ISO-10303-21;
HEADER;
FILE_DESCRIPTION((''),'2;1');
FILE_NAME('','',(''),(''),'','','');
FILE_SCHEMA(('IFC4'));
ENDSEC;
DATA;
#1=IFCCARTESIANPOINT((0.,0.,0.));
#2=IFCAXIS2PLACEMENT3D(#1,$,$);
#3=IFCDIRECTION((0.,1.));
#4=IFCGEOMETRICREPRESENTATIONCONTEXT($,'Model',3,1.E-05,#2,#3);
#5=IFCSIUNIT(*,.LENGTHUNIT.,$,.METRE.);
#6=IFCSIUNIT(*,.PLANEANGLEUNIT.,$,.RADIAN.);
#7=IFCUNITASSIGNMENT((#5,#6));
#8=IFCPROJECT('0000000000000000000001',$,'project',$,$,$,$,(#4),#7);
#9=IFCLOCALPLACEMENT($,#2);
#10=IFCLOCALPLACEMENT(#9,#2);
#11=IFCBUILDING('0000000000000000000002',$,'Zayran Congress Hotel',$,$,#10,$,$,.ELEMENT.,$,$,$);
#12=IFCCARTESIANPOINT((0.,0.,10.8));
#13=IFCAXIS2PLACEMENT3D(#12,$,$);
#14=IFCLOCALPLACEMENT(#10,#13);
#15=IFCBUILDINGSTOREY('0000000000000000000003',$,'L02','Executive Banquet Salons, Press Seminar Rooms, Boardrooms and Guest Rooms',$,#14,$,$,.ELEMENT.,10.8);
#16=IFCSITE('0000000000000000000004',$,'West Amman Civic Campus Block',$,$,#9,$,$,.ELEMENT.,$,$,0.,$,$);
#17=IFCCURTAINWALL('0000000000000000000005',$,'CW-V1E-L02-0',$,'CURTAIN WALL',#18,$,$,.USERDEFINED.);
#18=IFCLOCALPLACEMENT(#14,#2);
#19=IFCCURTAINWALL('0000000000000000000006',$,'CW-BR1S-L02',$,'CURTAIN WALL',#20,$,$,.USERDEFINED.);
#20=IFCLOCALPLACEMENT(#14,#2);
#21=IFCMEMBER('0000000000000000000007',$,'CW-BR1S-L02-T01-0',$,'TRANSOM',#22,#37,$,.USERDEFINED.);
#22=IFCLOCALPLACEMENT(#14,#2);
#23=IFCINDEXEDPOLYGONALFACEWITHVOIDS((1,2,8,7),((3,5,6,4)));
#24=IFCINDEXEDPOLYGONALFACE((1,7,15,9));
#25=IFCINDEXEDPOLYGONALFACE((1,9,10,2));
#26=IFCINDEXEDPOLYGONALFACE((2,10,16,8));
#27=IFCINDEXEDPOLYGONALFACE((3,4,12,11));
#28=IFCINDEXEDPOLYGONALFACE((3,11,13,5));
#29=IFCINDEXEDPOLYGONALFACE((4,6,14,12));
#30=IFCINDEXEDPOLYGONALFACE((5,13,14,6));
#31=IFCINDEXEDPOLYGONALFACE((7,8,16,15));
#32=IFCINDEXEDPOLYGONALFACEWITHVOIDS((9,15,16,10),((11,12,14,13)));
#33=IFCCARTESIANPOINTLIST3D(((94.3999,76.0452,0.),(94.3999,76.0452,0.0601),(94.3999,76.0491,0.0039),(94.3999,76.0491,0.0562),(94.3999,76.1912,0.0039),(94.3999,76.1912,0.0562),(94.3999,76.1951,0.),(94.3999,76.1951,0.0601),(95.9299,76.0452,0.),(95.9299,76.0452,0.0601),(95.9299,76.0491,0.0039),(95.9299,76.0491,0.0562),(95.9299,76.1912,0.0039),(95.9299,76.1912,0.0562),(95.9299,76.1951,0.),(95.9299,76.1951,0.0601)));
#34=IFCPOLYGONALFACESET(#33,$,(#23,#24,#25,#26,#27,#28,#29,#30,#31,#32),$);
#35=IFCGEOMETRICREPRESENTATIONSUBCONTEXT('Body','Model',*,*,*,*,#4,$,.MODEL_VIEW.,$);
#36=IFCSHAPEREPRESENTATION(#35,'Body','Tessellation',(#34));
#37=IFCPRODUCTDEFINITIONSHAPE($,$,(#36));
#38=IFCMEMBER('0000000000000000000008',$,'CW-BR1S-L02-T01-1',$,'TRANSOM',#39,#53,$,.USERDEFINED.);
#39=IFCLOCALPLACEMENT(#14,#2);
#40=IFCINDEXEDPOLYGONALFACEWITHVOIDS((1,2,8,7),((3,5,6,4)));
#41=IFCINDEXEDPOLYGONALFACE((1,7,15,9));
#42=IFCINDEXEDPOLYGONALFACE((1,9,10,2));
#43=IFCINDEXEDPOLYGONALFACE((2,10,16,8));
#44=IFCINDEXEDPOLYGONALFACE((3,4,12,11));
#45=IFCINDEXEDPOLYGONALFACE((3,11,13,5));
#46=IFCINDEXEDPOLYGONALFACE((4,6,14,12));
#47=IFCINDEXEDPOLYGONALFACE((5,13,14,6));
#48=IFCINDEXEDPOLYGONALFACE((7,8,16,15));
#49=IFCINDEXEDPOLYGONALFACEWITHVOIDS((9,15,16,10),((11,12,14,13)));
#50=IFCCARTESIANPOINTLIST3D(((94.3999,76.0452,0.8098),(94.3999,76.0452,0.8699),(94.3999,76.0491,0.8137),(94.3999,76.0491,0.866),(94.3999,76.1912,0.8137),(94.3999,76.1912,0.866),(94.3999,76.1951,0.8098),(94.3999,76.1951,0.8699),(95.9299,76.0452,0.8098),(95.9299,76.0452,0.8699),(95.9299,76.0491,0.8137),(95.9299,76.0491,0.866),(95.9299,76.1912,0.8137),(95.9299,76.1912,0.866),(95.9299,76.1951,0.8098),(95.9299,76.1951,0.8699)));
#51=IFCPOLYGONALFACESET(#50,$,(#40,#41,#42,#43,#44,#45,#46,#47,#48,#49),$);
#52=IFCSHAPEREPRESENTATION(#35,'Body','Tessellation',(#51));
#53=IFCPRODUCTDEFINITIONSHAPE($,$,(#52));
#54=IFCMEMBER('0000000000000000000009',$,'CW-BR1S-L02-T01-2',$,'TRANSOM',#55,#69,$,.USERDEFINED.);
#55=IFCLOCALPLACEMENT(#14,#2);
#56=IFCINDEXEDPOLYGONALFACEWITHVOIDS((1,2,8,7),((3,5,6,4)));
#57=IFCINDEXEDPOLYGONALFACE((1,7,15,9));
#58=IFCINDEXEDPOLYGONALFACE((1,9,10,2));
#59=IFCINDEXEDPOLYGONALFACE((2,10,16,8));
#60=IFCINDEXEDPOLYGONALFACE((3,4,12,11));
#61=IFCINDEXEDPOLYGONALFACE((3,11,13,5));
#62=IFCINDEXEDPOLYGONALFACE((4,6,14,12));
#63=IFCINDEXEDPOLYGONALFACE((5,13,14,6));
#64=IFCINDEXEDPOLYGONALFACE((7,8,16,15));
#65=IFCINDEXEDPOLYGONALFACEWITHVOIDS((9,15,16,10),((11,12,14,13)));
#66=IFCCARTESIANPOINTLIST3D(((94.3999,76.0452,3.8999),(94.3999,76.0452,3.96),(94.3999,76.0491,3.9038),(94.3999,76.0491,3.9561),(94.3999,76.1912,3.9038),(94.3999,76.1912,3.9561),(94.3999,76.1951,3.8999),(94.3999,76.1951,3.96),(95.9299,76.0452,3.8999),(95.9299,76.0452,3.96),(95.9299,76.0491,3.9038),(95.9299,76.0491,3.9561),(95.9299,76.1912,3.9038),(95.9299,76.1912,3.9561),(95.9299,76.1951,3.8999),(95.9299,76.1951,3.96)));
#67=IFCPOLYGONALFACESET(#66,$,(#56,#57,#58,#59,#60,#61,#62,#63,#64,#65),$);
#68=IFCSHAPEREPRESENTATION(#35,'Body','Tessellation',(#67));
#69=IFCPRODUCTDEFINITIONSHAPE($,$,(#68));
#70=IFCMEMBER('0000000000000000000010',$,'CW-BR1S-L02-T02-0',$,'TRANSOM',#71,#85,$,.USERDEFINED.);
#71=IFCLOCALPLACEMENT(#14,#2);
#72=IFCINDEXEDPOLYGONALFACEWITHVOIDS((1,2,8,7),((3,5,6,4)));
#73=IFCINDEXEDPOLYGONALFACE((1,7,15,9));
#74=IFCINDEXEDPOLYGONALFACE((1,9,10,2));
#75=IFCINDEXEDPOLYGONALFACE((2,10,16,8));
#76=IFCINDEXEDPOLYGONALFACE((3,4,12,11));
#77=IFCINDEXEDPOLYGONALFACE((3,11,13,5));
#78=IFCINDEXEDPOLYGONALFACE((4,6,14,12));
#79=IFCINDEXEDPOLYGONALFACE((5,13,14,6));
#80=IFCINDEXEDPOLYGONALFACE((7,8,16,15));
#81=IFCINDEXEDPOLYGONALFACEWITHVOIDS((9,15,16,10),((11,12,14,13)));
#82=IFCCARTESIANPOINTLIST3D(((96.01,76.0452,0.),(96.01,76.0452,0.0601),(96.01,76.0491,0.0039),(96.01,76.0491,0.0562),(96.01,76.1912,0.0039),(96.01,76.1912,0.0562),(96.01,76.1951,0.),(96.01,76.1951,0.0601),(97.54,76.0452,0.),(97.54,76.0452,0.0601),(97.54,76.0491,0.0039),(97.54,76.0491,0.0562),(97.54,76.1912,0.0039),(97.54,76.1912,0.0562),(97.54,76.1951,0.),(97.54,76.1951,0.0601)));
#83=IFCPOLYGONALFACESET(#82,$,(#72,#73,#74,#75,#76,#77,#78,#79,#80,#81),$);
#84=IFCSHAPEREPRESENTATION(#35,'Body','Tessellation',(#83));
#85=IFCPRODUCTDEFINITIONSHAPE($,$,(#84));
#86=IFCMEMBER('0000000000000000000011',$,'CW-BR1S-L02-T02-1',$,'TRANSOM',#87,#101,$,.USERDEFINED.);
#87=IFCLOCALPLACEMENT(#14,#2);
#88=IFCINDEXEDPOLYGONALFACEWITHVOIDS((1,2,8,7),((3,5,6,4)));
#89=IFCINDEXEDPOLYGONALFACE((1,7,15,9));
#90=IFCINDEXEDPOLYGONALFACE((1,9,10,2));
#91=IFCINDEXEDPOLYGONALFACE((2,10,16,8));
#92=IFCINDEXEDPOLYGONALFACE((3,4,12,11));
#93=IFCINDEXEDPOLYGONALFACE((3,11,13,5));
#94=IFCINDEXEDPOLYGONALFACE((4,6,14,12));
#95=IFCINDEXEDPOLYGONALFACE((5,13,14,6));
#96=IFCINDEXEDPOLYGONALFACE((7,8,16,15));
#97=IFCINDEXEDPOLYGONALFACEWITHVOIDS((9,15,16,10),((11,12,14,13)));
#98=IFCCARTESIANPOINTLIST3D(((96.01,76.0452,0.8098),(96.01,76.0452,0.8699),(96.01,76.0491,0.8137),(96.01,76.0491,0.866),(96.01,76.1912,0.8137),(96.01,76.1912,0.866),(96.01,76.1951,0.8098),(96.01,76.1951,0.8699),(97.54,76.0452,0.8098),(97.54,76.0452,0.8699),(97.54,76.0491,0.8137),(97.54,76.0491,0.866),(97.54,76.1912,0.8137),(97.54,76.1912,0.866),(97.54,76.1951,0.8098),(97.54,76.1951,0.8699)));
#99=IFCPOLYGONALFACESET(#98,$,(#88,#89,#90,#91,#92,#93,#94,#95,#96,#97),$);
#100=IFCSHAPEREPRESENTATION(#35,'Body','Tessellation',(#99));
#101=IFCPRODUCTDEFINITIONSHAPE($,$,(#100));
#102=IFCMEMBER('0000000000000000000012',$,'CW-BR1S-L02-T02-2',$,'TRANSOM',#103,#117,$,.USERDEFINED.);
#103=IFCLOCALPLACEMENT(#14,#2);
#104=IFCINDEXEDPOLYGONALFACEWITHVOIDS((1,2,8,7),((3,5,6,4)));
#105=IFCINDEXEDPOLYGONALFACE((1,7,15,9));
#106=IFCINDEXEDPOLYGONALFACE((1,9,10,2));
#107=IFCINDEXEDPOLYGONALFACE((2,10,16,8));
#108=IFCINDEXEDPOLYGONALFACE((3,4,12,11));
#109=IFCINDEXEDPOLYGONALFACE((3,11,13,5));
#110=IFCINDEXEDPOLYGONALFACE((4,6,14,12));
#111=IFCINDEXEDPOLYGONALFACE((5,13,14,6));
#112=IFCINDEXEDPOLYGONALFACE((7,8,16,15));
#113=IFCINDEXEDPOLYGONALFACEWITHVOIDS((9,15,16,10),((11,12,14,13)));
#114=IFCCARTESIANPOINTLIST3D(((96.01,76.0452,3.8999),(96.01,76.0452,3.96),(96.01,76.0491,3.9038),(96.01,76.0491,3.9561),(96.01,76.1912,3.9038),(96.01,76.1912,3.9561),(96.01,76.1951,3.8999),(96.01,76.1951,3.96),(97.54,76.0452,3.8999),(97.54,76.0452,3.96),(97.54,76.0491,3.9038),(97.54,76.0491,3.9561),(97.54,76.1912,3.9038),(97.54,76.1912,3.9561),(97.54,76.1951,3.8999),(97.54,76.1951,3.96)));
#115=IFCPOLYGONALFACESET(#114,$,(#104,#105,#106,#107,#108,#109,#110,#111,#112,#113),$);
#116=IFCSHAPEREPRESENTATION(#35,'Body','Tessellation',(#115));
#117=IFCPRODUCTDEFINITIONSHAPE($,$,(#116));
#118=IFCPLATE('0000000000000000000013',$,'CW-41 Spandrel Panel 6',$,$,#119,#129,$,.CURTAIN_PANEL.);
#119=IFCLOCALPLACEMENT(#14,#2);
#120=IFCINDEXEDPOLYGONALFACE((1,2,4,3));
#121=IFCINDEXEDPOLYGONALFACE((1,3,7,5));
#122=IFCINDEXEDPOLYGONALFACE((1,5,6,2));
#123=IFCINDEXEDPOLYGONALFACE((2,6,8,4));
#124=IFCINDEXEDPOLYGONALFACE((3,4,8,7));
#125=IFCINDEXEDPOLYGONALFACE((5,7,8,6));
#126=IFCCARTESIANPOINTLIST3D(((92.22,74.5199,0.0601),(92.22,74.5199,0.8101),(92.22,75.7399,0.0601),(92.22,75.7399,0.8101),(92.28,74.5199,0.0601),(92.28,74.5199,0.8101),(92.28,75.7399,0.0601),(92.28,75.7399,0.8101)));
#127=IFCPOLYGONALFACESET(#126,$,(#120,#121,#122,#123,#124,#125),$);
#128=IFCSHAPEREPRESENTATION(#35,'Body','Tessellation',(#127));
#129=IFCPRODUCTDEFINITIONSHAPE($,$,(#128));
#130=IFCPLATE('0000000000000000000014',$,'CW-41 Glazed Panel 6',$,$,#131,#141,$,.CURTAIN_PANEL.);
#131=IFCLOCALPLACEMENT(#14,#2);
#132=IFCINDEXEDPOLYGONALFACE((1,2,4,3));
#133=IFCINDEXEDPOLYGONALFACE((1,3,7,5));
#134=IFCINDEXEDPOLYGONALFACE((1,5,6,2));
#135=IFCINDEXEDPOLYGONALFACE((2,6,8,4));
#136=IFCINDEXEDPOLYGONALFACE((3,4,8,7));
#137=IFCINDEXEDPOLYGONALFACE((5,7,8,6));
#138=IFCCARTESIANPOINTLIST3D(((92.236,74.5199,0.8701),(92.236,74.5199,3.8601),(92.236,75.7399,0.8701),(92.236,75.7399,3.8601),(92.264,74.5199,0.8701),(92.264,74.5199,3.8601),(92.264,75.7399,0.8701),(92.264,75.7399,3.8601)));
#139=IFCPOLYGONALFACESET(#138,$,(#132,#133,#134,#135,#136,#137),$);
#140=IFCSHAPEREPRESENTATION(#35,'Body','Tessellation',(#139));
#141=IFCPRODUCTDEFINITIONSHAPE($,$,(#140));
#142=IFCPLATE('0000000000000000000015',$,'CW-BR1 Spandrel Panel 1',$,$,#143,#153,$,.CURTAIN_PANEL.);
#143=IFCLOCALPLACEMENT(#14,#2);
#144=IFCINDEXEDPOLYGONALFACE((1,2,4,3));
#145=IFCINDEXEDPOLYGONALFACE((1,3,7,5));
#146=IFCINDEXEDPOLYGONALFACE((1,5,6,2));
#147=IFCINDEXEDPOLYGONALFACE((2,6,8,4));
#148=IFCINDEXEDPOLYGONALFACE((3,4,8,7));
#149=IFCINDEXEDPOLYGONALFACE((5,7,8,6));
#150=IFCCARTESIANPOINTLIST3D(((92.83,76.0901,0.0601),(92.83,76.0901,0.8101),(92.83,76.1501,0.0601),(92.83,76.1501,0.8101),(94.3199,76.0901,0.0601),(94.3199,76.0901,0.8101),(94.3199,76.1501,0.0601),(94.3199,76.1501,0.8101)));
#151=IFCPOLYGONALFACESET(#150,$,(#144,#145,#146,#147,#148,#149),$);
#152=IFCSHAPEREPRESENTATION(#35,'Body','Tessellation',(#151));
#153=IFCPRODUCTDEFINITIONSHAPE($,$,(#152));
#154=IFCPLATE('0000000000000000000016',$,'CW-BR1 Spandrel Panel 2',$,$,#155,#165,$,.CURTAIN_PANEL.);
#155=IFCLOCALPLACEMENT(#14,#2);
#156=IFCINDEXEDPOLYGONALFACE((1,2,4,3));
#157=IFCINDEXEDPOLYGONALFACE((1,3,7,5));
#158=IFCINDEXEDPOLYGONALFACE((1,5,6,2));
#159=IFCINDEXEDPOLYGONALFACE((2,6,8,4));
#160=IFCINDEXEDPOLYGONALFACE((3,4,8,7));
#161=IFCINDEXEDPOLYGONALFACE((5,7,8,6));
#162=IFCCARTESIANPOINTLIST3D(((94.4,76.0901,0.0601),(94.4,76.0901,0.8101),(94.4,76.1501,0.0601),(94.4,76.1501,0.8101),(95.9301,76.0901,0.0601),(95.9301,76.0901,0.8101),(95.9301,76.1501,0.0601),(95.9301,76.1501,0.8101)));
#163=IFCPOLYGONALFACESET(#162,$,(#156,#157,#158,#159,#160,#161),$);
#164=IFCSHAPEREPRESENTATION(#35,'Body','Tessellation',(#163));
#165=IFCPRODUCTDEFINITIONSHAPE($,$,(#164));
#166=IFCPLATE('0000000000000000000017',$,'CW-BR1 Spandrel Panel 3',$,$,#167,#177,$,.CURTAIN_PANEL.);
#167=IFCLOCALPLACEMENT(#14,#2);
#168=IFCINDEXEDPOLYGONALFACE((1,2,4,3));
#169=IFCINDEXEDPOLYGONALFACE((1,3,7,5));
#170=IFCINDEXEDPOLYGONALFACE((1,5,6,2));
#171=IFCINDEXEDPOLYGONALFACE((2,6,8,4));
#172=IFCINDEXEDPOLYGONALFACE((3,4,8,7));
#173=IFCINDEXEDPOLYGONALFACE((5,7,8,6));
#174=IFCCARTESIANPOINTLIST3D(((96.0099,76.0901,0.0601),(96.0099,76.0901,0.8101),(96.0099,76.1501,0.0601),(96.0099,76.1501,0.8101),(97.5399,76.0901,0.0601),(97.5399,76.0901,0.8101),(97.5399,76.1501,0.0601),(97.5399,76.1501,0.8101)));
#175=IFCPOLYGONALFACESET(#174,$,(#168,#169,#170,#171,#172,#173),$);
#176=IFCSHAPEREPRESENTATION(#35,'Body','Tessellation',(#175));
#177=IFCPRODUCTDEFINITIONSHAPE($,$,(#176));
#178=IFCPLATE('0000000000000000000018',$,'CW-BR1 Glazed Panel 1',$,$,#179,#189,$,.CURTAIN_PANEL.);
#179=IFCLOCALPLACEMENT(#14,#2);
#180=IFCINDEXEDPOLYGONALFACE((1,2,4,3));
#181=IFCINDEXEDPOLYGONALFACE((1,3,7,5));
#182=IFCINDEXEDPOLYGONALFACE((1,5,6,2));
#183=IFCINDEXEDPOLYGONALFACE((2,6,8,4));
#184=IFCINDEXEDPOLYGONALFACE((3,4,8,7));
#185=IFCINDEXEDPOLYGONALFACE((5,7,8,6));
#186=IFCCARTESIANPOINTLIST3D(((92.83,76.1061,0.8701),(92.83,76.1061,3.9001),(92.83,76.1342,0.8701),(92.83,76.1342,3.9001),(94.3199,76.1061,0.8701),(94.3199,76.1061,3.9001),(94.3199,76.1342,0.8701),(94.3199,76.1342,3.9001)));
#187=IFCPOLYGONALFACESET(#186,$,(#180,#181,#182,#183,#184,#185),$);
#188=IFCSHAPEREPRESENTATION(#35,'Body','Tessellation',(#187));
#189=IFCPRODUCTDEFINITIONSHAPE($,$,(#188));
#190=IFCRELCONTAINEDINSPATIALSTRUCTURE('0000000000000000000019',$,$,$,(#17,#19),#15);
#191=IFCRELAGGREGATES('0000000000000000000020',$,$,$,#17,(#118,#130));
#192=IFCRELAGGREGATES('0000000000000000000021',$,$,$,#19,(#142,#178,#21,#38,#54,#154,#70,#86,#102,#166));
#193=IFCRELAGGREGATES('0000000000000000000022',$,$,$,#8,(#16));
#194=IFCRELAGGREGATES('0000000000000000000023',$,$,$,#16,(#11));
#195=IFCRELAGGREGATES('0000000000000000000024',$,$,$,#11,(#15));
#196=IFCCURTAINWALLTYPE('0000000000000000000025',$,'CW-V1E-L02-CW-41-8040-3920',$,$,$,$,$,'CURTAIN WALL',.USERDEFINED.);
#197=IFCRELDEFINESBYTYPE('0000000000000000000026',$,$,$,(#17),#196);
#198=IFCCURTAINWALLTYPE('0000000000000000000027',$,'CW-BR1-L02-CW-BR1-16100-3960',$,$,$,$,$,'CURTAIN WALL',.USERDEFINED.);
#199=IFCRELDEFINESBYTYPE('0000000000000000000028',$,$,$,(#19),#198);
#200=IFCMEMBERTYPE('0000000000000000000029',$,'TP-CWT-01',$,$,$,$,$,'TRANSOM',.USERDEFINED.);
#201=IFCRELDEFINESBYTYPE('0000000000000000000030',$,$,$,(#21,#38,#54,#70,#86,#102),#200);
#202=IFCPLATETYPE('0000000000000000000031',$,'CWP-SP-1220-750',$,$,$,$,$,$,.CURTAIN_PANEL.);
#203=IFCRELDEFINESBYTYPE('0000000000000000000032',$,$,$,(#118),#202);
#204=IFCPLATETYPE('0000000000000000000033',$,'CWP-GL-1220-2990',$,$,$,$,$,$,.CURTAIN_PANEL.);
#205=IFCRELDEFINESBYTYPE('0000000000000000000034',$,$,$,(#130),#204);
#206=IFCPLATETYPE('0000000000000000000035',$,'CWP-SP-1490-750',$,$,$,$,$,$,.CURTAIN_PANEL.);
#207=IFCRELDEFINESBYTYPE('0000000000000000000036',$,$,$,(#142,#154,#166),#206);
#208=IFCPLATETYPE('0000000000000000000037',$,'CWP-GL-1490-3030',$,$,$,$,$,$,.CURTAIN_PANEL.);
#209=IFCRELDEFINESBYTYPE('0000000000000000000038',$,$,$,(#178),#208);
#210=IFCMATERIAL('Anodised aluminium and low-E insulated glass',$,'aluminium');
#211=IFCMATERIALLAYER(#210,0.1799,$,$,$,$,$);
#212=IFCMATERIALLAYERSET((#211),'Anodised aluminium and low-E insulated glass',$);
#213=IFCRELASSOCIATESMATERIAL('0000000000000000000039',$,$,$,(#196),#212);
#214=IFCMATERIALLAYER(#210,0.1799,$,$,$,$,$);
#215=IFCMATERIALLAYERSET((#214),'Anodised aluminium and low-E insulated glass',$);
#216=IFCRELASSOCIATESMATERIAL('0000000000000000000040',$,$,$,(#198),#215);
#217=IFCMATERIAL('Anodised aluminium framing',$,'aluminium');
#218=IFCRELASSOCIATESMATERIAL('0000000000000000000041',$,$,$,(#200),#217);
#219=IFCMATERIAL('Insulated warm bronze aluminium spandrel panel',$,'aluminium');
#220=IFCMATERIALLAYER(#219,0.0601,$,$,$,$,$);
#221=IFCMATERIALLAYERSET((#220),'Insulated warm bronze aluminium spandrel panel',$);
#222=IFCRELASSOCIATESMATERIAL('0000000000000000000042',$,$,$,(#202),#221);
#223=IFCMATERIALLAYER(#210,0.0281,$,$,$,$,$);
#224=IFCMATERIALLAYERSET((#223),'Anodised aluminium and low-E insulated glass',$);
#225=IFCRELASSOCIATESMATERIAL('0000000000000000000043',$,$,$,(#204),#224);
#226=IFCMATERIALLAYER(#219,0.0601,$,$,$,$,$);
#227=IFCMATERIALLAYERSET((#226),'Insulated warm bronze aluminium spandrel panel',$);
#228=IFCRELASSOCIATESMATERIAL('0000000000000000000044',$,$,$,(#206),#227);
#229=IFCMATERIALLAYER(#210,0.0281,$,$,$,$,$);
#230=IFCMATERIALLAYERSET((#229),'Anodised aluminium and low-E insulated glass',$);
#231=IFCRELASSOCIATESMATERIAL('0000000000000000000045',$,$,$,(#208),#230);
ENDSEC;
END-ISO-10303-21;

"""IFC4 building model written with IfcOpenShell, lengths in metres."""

from ifc_helpers import new_model, si_unit, direction, frame, origin, origin_2d, place, context, subcontext, project, spatial, rectangle, hollow_rectangle, extrude, material, layer, layer_set, material_profile, profile_set, type_object, element, aggregate, save


model = new_model("IFC4")

# Units and contexts
model_context = context("Model", 3, precision=1e-05, world=origin(), true_north=direction((0.0, 1.0)))
body_context = subcontext(model_context, "Body", "Model", "MODEL_VIEW")
ifc_project = project(units=[si_unit("LENGTHUNIT", "METRE"), si_unit("PLANEANGLEUNIT", "RADIAN")], contexts=[model_context])

# Site, building, storey
site_placement = place(None, origin())
site = spatial("IfcSite", under=ifc_project, at=site_placement, Name="West Amman Civic Campus Block", CompositionType="ELEMENT", RefElevation=0.0)
building_placement = place(site_placement, origin())
building = spatial("IfcBuilding", under=site, at=building_placement, Name="Zayran Congress Hotel", CompositionType="ELEMENT")
storey_placement = place(building_placement, frame((0.0, 0.0, 10.8)))
storey = spatial("IfcBuildingStorey", under=building, at=storey_placement, Name="L02", Description="Executive Banquet Salons, Press Seminar Rooms, Boardrooms and Guest Rooms", CompositionType="ELEMENT", Elevation=10.8)

# Curtain wall
ifc_material_1 = material(Name="Anodised aluminium and low-E insulated glass", Category="aluminium")
ifc_layer_1 = layer(ifc_material_1, 0.1799)
ifc_layer_set_1 = layer_set([ifc_layer_1], Name="Anodised aluminium and low-E insulated glass")
curtain_wall_type_1 = type_object("IfcCurtainWallType", Name="CW-V1E-L02-CW-41-8040-3920", ElementType="CURTAIN WALL", PredefinedType="USERDEFINED", material=ifc_layer_set_1)
curtain_wall_1_placement = place(storey_placement, origin())
curtain_wall_1 = element("IfcCurtainWall", 1, at=curtain_wall_1_placement, inside=storey, type_object=curtain_wall_type_1, Name="CW-V1E-L02-0", ObjectType="CURTAIN WALL", PredefinedType="USERDEFINED")
ifc_material_2 = material(Name="Anodised aluminium framing", Category="aluminium")

# Curtain wall, members
ifc_layer_2 = layer(ifc_material_1, 0.1799)
ifc_layer_set_2 = layer_set([ifc_layer_2], Name="Anodised aluminium and low-E insulated glass")
curtain_wall_type_2 = type_object("IfcCurtainWallType", Name="CW-BR1-L02-CW-BR1-16100-3960", ElementType="CURTAIN WALL", PredefinedType="USERDEFINED", material=ifc_layer_set_2)
curtain_wall_2_placement = place(storey_placement, origin())
curtain_wall_2 = element("IfcCurtainWall", 2, at=curtain_wall_2_placement, inside=storey, type_object=curtain_wall_type_2, Name="CW-BR1S-L02", ObjectType="CURTAIN WALL", PredefinedType="USERDEFINED")
ifc_material_profile_1 = material_profile(ifc_material_2, hollow_rectangle(XDim=0.0601, YDim=0.1499, WallThickness=0.0039, at=origin_2d()), Name="RHS 150x60x4")
ifc_profile_set_1 = profile_set([ifc_material_profile_1], Name="Anodised aluminium framing")
member_type_1 = type_object("IfcMemberType", Name="TP-CWT-01", ElementType="TRANSOM", PredefinedType="USERDEFINED", material=ifc_profile_set_1)
member_1_placement = place(storey_placement, frame((94.3999, 76.1201, 0.03), z_axis=(1.0, 0.0, 0.0), x_axis=(0.0, 0.0, 1.0)))
member_1 = element("IfcMember", 3, at=member_1_placement, type_object=member_type_1, Name="CW-BR1S-L02-T01-0", ObjectType="TRANSOM", PredefinedType="USERDEFINED", context=body_context, shape_type="SweptSolid", body=[
    extrude(hollow_rectangle(XDim=0.0601, YDim=0.1499, WallThickness=0.0039, at=origin_2d()), origin(), (0.0, 0.0, 1.0), 1.53),
])
member_2_placement = place(storey_placement, frame((94.3999, 76.1201, 0.8398), z_axis=(1.0, 0.0, 0.0), x_axis=(0.0, 0.0, 1.0)))
member_2 = element("IfcMember", 4, at=member_2_placement, type_object=member_type_1, Name="CW-BR1S-L02-T01-1", ObjectType="TRANSOM", PredefinedType="USERDEFINED", context=body_context, shape_type="SweptSolid", body=[
    extrude(hollow_rectangle(XDim=0.0601, YDim=0.1499, WallThickness=0.0039, at=origin_2d()), origin(), (0.0, 0.0, 1.0), 1.53),
])
member_3_placement = place(storey_placement, frame((94.3999, 76.1201, 3.9299), z_axis=(1.0, 0.0, 0.0), x_axis=(0.0, 0.0, 1.0)))
member_3 = element("IfcMember", 5, at=member_3_placement, type_object=member_type_1, Name="CW-BR1S-L02-T01-2", ObjectType="TRANSOM", PredefinedType="USERDEFINED", context=body_context, shape_type="SweptSolid", body=[
    extrude(hollow_rectangle(XDim=0.0601, YDim=0.1499, WallThickness=0.0039, at=origin_2d()), origin(), (0.0, 0.0, 1.0), 1.53),
])
member_4_placement = place(storey_placement, frame((96.01, 76.1201, 0.03), z_axis=(1.0, 0.0, 0.0), x_axis=(0.0, 0.0, 1.0)))
member_4 = element("IfcMember", 6, at=member_4_placement, type_object=member_type_1, Name="CW-BR1S-L02-T02-0", ObjectType="TRANSOM", PredefinedType="USERDEFINED", context=body_context, shape_type="SweptSolid", body=[
    extrude(hollow_rectangle(XDim=0.0601, YDim=0.1499, WallThickness=0.0039, at=origin_2d()), origin(), (0.0, 0.0, 1.0), 1.53),
])
member_5_placement = place(storey_placement, frame((96.01, 76.1201, 0.8398), z_axis=(1.0, 0.0, 0.0), x_axis=(0.0, 0.0, 1.0)))
member_5 = element("IfcMember", 7, at=member_5_placement, type_object=member_type_1, Name="CW-BR1S-L02-T02-1", ObjectType="TRANSOM", PredefinedType="USERDEFINED", context=body_context, shape_type="SweptSolid", body=[
    extrude(hollow_rectangle(XDim=0.0601, YDim=0.1499, WallThickness=0.0039, at=origin_2d()), origin(), (0.0, 0.0, 1.0), 1.53),
])
member_6_placement = place(storey_placement, frame((96.01, 76.1201, 3.9299), z_axis=(1.0, 0.0, 0.0), x_axis=(0.0, 0.0, 1.0)))
member_6 = element("IfcMember", 8, at=member_6_placement, type_object=member_type_1, Name="CW-BR1S-L02-T02-2", ObjectType="TRANSOM", PredefinedType="USERDEFINED", context=body_context, shape_type="SweptSolid", body=[
    extrude(hollow_rectangle(XDim=0.0601, YDim=0.1499, WallThickness=0.0039, at=origin_2d()), origin(), (0.0, 0.0, 1.0), 1.53),
])

# Plates
ifc_material_3 = material(Name="Insulated warm bronze aluminium spandrel panel", Category="aluminium")
ifc_layer_3 = layer(ifc_material_3, 0.0601)
ifc_layer_set_3 = layer_set([ifc_layer_3], Name="Insulated warm bronze aluminium spandrel panel")
plate_type_1 = type_object("IfcPlateType", Name="CWP-SP-1220-750", PredefinedType="CURTAIN_PANEL", material=ifc_layer_set_3)
plate_1_placement = place(storey_placement, frame((92.25, 75.1299, 0.0601), z_axis=(0.0, 0.0, 1.0), x_axis=(0.0, 1.0, 0.0)))
plate_1 = element("IfcPlate", 9, at=plate_1_placement, type_object=plate_type_1, Name="CW-41 Spandrel Panel 6", PredefinedType="CURTAIN_PANEL", context=body_context, shape_type="SweptSolid", body=[
    extrude(rectangle(XDim=1.22, YDim=0.0601, at=origin_2d()), origin(), (0.0, 0.0, 1.0), 0.75),
])
ifc_layer_4 = layer(ifc_material_1, 0.0281)
ifc_layer_set_4 = layer_set([ifc_layer_4], Name="Anodised aluminium and low-E insulated glass")
plate_type_2 = type_object("IfcPlateType", Name="CWP-GL-1220-2990", PredefinedType="CURTAIN_PANEL", material=ifc_layer_set_4)
plate_2_placement = place(storey_placement, frame((92.25, 75.1299, 0.8701), z_axis=(0.0, 0.0, 1.0), x_axis=(0.0, 1.0, 0.0)))
plate_2 = element("IfcPlate", 10, at=plate_2_placement, type_object=plate_type_2, Name="CW-41 Glazed Panel 6", PredefinedType="CURTAIN_PANEL", context=body_context, shape_type="SweptSolid", body=[
    extrude(rectangle(XDim=1.22, YDim=0.0281, at=origin_2d()), origin(), (0.0, 0.0, 1.0), 2.99),
])
aggregate(curtain_wall_1, [plate_1, plate_2])
ifc_layer_5 = layer(ifc_material_3, 0.0601)
ifc_layer_set_5 = layer_set([ifc_layer_5], Name="Insulated warm bronze aluminium spandrel panel")
plate_type_3 = type_object("IfcPlateType", Name="CWP-SP-1490-750", PredefinedType="CURTAIN_PANEL", material=ifc_layer_set_5)
plate_3_placement = place(storey_placement, frame((93.575, 76.1201, 0.0601), z_axis=(0.0, 0.0, 1.0), x_axis=(1.0, 0.0, 0.0)))
plate_3 = element("IfcPlate", 11, at=plate_3_placement, type_object=plate_type_3, Name="CW-BR1 Spandrel Panel 1", PredefinedType="CURTAIN_PANEL", context=body_context, shape_type="SweptSolid", body=[
    extrude(rectangle(XDim=1.49, YDim=0.0601, at=origin_2d()), origin(), (0.0, 0.0, 1.0), 0.75),
])
plate_4_placement = place(storey_placement, frame((95.165, 76.1201, 0.0601), z_axis=(0.0, 0.0, 1.0), x_axis=(1.0, 0.0, 0.0)))
plate_4 = element("IfcPlate", 12, at=plate_4_placement, type_object=plate_type_3, Name="CW-BR1 Spandrel Panel 2", PredefinedType="CURTAIN_PANEL", context=body_context, shape_type="SweptSolid", body=[
    extrude(rectangle(XDim=1.53, YDim=0.0601, at=origin_2d()), origin(), (0.0, 0.0, 1.0), 0.75),
])
plate_5_placement = place(storey_placement, frame((96.7749, 76.1201, 0.0601), z_axis=(0.0, 0.0, 1.0), x_axis=(1.0, 0.0, 0.0)))
plate_5 = element("IfcPlate", 13, at=plate_5_placement, type_object=plate_type_3, Name="CW-BR1 Spandrel Panel 3", PredefinedType="CURTAIN_PANEL", context=body_context, shape_type="SweptSolid", body=[
    extrude(rectangle(XDim=1.53, YDim=0.0601, at=origin_2d()), origin(), (0.0, 0.0, 1.0), 0.75),
])
ifc_layer_6 = layer(ifc_material_1, 0.0281)
ifc_layer_set_6 = layer_set([ifc_layer_6], Name="Anodised aluminium and low-E insulated glass")
plate_type_4 = type_object("IfcPlateType", Name="CWP-GL-1490-3030", PredefinedType="CURTAIN_PANEL", material=ifc_layer_set_6)
plate_6_placement = place(storey_placement, frame((93.575, 76.1201, 0.8701), z_axis=(0.0, 0.0, 1.0), x_axis=(1.0, 0.0, 0.0)))
plate_6 = element("IfcPlate", 14, at=plate_6_placement, type_object=plate_type_4, Name="CW-BR1 Glazed Panel 1", PredefinedType="CURTAIN_PANEL", context=body_context, shape_type="SweptSolid", body=[
    extrude(rectangle(XDim=1.49, YDim=0.0281, at=origin_2d()), origin(), (0.0, 0.0, 1.0), 3.03),
])
aggregate(curtain_wall_2, [plate_3, plate_6, member_1, member_2, member_3, plate_4, member_4, member_5, member_6, plate_5])

save(model, "model.ifc")
